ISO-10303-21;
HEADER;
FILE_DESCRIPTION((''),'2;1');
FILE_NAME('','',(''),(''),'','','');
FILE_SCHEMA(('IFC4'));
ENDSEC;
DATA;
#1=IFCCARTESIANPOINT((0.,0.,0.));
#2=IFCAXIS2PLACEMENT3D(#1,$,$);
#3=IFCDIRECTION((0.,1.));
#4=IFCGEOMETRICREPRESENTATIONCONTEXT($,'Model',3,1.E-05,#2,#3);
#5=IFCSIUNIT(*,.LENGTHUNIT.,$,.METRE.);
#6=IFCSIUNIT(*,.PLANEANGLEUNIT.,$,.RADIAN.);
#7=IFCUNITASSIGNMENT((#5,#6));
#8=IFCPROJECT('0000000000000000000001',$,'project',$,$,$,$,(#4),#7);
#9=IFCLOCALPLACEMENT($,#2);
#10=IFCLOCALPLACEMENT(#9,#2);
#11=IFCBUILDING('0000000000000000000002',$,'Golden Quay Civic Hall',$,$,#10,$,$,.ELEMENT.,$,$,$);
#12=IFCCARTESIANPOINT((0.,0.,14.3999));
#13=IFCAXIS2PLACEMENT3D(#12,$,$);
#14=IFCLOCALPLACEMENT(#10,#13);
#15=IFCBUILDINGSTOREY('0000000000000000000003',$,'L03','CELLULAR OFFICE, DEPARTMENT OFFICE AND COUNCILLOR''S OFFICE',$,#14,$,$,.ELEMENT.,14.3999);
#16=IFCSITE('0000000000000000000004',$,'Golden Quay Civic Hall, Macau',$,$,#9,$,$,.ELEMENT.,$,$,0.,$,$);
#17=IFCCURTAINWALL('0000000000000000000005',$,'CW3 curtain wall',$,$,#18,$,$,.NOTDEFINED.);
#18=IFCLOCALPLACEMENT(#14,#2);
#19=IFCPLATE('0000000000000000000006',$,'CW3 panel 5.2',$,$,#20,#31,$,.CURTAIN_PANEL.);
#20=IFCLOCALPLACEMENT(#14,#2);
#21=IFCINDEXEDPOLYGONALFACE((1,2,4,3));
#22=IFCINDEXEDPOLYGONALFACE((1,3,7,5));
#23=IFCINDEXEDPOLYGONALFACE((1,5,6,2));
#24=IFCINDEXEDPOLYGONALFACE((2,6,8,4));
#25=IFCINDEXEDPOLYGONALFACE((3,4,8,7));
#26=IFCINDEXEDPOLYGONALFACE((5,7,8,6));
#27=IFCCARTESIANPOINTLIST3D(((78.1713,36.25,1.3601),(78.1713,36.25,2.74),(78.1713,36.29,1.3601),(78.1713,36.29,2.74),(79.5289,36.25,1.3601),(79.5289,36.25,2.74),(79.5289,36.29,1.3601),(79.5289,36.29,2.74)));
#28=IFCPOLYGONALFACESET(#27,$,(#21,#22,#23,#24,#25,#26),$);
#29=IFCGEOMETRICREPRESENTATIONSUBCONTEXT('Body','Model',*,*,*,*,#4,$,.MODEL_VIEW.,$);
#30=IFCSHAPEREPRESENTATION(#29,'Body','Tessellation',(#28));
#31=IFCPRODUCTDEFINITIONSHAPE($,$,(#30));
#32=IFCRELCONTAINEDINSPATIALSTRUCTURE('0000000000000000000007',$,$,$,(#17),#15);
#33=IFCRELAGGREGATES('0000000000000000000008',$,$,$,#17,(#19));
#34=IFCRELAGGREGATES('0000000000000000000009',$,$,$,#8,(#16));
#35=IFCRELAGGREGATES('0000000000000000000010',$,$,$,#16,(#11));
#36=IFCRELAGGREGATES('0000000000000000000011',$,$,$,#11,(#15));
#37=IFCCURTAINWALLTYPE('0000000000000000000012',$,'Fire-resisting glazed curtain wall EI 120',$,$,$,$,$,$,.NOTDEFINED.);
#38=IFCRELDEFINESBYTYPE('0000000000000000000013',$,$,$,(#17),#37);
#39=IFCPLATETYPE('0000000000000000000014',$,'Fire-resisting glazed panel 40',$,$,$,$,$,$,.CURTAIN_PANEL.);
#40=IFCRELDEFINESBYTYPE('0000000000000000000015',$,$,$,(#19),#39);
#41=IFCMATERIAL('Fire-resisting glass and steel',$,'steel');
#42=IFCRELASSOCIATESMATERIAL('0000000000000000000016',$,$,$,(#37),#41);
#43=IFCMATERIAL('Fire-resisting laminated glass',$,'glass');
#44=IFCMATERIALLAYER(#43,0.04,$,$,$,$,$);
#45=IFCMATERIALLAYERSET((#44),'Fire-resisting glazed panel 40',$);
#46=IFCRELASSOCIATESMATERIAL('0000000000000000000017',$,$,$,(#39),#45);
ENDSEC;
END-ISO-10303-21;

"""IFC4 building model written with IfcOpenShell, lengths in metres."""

from ifc_helpers import new_model, si_unit, direction, frame, origin, origin_2d, place, context, subcontext, project, spatial, rectangle, extrude, material, layer, layer_set, type_object, element, aggregate, save


model = new_model("IFC4")

# Units and contexts
model_context = context("Model", 3, precision=1e-05, world=origin(), true_north=direction((0.0, 1.0)))
body_context = subcontext(model_context, "Body", "Model", "MODEL_VIEW")
ifc_project = project(units=[si_unit("LENGTHUNIT", "METRE"), si_unit("PLANEANGLEUNIT", "RADIAN")], contexts=[model_context])

# Site, building, storey
site_placement = place(None, origin())
site = spatial("IfcSite", under=ifc_project, at=site_placement, Name="Golden Quay Civic Hall, Macau", CompositionType="ELEMENT", RefElevation=0.0)
building_placement = place(site_placement, origin())
building = spatial("IfcBuilding", under=site, at=building_placement, Name="Golden Quay Civic Hall", CompositionType="ELEMENT")
storey_placement = place(building_placement, frame((0.0, 0.0, 14.3999)))
storey = spatial("IfcBuildingStorey", under=building, at=storey_placement, Name="L03", Description="CELLULAR OFFICE, DEPARTMENT OFFICE AND COUNCILLOR'S OFFICE", CompositionType="ELEMENT", Elevation=14.3999)

# Curtain wall, plate
ifc_material_1 = material(Name="Fire-resisting glass and steel", Category="steel")
curtain_wall_type = type_object("IfcCurtainWallType", Name="Fire-resisting glazed curtain wall EI 120", PredefinedType="NOTDEFINED", material=ifc_material_1)
curtain_wall_placement = place(storey_placement, origin())
curtain_wall = element("IfcCurtainWall", 1, at=curtain_wall_placement, inside=storey, type_object=curtain_wall_type, Name="CW3 curtain wall", PredefinedType="NOTDEFINED")
ifc_material_2 = material(Name="Fire-resisting laminated glass", Category="glass")
ifc_layer = layer(ifc_material_2, 0.04)
ifc_layer_set = layer_set([ifc_layer], Name="Fire-resisting glazed panel 40")
plate_type = type_object("IfcPlateType", Name="Fire-resisting glazed panel 40", PredefinedType="CURTAIN_PANEL", material=ifc_layer_set)
plate_1_placement = place(storey_placement, frame((78.8501, 36.27, 1.3601), z_axis=(0.0, 0.0, 1.0), x_axis=(1.0, 0.0, 0.0)))
plate_1 = element("IfcPlate", 2, at=plate_1_placement, type_object=plate_type, Name="CW3 panel 5.2", PredefinedType="CURTAIN_PANEL", context=body_context, shape_type="SweptSolid", body=[
    extrude(rectangle(XDim=1.3577, YDim=0.04, at=origin_2d()), origin(), (0.0, 0.0, 1.0), 1.3799),
])
aggregate(curtain_wall, [plate_1])

save(model, "model.ifc")
